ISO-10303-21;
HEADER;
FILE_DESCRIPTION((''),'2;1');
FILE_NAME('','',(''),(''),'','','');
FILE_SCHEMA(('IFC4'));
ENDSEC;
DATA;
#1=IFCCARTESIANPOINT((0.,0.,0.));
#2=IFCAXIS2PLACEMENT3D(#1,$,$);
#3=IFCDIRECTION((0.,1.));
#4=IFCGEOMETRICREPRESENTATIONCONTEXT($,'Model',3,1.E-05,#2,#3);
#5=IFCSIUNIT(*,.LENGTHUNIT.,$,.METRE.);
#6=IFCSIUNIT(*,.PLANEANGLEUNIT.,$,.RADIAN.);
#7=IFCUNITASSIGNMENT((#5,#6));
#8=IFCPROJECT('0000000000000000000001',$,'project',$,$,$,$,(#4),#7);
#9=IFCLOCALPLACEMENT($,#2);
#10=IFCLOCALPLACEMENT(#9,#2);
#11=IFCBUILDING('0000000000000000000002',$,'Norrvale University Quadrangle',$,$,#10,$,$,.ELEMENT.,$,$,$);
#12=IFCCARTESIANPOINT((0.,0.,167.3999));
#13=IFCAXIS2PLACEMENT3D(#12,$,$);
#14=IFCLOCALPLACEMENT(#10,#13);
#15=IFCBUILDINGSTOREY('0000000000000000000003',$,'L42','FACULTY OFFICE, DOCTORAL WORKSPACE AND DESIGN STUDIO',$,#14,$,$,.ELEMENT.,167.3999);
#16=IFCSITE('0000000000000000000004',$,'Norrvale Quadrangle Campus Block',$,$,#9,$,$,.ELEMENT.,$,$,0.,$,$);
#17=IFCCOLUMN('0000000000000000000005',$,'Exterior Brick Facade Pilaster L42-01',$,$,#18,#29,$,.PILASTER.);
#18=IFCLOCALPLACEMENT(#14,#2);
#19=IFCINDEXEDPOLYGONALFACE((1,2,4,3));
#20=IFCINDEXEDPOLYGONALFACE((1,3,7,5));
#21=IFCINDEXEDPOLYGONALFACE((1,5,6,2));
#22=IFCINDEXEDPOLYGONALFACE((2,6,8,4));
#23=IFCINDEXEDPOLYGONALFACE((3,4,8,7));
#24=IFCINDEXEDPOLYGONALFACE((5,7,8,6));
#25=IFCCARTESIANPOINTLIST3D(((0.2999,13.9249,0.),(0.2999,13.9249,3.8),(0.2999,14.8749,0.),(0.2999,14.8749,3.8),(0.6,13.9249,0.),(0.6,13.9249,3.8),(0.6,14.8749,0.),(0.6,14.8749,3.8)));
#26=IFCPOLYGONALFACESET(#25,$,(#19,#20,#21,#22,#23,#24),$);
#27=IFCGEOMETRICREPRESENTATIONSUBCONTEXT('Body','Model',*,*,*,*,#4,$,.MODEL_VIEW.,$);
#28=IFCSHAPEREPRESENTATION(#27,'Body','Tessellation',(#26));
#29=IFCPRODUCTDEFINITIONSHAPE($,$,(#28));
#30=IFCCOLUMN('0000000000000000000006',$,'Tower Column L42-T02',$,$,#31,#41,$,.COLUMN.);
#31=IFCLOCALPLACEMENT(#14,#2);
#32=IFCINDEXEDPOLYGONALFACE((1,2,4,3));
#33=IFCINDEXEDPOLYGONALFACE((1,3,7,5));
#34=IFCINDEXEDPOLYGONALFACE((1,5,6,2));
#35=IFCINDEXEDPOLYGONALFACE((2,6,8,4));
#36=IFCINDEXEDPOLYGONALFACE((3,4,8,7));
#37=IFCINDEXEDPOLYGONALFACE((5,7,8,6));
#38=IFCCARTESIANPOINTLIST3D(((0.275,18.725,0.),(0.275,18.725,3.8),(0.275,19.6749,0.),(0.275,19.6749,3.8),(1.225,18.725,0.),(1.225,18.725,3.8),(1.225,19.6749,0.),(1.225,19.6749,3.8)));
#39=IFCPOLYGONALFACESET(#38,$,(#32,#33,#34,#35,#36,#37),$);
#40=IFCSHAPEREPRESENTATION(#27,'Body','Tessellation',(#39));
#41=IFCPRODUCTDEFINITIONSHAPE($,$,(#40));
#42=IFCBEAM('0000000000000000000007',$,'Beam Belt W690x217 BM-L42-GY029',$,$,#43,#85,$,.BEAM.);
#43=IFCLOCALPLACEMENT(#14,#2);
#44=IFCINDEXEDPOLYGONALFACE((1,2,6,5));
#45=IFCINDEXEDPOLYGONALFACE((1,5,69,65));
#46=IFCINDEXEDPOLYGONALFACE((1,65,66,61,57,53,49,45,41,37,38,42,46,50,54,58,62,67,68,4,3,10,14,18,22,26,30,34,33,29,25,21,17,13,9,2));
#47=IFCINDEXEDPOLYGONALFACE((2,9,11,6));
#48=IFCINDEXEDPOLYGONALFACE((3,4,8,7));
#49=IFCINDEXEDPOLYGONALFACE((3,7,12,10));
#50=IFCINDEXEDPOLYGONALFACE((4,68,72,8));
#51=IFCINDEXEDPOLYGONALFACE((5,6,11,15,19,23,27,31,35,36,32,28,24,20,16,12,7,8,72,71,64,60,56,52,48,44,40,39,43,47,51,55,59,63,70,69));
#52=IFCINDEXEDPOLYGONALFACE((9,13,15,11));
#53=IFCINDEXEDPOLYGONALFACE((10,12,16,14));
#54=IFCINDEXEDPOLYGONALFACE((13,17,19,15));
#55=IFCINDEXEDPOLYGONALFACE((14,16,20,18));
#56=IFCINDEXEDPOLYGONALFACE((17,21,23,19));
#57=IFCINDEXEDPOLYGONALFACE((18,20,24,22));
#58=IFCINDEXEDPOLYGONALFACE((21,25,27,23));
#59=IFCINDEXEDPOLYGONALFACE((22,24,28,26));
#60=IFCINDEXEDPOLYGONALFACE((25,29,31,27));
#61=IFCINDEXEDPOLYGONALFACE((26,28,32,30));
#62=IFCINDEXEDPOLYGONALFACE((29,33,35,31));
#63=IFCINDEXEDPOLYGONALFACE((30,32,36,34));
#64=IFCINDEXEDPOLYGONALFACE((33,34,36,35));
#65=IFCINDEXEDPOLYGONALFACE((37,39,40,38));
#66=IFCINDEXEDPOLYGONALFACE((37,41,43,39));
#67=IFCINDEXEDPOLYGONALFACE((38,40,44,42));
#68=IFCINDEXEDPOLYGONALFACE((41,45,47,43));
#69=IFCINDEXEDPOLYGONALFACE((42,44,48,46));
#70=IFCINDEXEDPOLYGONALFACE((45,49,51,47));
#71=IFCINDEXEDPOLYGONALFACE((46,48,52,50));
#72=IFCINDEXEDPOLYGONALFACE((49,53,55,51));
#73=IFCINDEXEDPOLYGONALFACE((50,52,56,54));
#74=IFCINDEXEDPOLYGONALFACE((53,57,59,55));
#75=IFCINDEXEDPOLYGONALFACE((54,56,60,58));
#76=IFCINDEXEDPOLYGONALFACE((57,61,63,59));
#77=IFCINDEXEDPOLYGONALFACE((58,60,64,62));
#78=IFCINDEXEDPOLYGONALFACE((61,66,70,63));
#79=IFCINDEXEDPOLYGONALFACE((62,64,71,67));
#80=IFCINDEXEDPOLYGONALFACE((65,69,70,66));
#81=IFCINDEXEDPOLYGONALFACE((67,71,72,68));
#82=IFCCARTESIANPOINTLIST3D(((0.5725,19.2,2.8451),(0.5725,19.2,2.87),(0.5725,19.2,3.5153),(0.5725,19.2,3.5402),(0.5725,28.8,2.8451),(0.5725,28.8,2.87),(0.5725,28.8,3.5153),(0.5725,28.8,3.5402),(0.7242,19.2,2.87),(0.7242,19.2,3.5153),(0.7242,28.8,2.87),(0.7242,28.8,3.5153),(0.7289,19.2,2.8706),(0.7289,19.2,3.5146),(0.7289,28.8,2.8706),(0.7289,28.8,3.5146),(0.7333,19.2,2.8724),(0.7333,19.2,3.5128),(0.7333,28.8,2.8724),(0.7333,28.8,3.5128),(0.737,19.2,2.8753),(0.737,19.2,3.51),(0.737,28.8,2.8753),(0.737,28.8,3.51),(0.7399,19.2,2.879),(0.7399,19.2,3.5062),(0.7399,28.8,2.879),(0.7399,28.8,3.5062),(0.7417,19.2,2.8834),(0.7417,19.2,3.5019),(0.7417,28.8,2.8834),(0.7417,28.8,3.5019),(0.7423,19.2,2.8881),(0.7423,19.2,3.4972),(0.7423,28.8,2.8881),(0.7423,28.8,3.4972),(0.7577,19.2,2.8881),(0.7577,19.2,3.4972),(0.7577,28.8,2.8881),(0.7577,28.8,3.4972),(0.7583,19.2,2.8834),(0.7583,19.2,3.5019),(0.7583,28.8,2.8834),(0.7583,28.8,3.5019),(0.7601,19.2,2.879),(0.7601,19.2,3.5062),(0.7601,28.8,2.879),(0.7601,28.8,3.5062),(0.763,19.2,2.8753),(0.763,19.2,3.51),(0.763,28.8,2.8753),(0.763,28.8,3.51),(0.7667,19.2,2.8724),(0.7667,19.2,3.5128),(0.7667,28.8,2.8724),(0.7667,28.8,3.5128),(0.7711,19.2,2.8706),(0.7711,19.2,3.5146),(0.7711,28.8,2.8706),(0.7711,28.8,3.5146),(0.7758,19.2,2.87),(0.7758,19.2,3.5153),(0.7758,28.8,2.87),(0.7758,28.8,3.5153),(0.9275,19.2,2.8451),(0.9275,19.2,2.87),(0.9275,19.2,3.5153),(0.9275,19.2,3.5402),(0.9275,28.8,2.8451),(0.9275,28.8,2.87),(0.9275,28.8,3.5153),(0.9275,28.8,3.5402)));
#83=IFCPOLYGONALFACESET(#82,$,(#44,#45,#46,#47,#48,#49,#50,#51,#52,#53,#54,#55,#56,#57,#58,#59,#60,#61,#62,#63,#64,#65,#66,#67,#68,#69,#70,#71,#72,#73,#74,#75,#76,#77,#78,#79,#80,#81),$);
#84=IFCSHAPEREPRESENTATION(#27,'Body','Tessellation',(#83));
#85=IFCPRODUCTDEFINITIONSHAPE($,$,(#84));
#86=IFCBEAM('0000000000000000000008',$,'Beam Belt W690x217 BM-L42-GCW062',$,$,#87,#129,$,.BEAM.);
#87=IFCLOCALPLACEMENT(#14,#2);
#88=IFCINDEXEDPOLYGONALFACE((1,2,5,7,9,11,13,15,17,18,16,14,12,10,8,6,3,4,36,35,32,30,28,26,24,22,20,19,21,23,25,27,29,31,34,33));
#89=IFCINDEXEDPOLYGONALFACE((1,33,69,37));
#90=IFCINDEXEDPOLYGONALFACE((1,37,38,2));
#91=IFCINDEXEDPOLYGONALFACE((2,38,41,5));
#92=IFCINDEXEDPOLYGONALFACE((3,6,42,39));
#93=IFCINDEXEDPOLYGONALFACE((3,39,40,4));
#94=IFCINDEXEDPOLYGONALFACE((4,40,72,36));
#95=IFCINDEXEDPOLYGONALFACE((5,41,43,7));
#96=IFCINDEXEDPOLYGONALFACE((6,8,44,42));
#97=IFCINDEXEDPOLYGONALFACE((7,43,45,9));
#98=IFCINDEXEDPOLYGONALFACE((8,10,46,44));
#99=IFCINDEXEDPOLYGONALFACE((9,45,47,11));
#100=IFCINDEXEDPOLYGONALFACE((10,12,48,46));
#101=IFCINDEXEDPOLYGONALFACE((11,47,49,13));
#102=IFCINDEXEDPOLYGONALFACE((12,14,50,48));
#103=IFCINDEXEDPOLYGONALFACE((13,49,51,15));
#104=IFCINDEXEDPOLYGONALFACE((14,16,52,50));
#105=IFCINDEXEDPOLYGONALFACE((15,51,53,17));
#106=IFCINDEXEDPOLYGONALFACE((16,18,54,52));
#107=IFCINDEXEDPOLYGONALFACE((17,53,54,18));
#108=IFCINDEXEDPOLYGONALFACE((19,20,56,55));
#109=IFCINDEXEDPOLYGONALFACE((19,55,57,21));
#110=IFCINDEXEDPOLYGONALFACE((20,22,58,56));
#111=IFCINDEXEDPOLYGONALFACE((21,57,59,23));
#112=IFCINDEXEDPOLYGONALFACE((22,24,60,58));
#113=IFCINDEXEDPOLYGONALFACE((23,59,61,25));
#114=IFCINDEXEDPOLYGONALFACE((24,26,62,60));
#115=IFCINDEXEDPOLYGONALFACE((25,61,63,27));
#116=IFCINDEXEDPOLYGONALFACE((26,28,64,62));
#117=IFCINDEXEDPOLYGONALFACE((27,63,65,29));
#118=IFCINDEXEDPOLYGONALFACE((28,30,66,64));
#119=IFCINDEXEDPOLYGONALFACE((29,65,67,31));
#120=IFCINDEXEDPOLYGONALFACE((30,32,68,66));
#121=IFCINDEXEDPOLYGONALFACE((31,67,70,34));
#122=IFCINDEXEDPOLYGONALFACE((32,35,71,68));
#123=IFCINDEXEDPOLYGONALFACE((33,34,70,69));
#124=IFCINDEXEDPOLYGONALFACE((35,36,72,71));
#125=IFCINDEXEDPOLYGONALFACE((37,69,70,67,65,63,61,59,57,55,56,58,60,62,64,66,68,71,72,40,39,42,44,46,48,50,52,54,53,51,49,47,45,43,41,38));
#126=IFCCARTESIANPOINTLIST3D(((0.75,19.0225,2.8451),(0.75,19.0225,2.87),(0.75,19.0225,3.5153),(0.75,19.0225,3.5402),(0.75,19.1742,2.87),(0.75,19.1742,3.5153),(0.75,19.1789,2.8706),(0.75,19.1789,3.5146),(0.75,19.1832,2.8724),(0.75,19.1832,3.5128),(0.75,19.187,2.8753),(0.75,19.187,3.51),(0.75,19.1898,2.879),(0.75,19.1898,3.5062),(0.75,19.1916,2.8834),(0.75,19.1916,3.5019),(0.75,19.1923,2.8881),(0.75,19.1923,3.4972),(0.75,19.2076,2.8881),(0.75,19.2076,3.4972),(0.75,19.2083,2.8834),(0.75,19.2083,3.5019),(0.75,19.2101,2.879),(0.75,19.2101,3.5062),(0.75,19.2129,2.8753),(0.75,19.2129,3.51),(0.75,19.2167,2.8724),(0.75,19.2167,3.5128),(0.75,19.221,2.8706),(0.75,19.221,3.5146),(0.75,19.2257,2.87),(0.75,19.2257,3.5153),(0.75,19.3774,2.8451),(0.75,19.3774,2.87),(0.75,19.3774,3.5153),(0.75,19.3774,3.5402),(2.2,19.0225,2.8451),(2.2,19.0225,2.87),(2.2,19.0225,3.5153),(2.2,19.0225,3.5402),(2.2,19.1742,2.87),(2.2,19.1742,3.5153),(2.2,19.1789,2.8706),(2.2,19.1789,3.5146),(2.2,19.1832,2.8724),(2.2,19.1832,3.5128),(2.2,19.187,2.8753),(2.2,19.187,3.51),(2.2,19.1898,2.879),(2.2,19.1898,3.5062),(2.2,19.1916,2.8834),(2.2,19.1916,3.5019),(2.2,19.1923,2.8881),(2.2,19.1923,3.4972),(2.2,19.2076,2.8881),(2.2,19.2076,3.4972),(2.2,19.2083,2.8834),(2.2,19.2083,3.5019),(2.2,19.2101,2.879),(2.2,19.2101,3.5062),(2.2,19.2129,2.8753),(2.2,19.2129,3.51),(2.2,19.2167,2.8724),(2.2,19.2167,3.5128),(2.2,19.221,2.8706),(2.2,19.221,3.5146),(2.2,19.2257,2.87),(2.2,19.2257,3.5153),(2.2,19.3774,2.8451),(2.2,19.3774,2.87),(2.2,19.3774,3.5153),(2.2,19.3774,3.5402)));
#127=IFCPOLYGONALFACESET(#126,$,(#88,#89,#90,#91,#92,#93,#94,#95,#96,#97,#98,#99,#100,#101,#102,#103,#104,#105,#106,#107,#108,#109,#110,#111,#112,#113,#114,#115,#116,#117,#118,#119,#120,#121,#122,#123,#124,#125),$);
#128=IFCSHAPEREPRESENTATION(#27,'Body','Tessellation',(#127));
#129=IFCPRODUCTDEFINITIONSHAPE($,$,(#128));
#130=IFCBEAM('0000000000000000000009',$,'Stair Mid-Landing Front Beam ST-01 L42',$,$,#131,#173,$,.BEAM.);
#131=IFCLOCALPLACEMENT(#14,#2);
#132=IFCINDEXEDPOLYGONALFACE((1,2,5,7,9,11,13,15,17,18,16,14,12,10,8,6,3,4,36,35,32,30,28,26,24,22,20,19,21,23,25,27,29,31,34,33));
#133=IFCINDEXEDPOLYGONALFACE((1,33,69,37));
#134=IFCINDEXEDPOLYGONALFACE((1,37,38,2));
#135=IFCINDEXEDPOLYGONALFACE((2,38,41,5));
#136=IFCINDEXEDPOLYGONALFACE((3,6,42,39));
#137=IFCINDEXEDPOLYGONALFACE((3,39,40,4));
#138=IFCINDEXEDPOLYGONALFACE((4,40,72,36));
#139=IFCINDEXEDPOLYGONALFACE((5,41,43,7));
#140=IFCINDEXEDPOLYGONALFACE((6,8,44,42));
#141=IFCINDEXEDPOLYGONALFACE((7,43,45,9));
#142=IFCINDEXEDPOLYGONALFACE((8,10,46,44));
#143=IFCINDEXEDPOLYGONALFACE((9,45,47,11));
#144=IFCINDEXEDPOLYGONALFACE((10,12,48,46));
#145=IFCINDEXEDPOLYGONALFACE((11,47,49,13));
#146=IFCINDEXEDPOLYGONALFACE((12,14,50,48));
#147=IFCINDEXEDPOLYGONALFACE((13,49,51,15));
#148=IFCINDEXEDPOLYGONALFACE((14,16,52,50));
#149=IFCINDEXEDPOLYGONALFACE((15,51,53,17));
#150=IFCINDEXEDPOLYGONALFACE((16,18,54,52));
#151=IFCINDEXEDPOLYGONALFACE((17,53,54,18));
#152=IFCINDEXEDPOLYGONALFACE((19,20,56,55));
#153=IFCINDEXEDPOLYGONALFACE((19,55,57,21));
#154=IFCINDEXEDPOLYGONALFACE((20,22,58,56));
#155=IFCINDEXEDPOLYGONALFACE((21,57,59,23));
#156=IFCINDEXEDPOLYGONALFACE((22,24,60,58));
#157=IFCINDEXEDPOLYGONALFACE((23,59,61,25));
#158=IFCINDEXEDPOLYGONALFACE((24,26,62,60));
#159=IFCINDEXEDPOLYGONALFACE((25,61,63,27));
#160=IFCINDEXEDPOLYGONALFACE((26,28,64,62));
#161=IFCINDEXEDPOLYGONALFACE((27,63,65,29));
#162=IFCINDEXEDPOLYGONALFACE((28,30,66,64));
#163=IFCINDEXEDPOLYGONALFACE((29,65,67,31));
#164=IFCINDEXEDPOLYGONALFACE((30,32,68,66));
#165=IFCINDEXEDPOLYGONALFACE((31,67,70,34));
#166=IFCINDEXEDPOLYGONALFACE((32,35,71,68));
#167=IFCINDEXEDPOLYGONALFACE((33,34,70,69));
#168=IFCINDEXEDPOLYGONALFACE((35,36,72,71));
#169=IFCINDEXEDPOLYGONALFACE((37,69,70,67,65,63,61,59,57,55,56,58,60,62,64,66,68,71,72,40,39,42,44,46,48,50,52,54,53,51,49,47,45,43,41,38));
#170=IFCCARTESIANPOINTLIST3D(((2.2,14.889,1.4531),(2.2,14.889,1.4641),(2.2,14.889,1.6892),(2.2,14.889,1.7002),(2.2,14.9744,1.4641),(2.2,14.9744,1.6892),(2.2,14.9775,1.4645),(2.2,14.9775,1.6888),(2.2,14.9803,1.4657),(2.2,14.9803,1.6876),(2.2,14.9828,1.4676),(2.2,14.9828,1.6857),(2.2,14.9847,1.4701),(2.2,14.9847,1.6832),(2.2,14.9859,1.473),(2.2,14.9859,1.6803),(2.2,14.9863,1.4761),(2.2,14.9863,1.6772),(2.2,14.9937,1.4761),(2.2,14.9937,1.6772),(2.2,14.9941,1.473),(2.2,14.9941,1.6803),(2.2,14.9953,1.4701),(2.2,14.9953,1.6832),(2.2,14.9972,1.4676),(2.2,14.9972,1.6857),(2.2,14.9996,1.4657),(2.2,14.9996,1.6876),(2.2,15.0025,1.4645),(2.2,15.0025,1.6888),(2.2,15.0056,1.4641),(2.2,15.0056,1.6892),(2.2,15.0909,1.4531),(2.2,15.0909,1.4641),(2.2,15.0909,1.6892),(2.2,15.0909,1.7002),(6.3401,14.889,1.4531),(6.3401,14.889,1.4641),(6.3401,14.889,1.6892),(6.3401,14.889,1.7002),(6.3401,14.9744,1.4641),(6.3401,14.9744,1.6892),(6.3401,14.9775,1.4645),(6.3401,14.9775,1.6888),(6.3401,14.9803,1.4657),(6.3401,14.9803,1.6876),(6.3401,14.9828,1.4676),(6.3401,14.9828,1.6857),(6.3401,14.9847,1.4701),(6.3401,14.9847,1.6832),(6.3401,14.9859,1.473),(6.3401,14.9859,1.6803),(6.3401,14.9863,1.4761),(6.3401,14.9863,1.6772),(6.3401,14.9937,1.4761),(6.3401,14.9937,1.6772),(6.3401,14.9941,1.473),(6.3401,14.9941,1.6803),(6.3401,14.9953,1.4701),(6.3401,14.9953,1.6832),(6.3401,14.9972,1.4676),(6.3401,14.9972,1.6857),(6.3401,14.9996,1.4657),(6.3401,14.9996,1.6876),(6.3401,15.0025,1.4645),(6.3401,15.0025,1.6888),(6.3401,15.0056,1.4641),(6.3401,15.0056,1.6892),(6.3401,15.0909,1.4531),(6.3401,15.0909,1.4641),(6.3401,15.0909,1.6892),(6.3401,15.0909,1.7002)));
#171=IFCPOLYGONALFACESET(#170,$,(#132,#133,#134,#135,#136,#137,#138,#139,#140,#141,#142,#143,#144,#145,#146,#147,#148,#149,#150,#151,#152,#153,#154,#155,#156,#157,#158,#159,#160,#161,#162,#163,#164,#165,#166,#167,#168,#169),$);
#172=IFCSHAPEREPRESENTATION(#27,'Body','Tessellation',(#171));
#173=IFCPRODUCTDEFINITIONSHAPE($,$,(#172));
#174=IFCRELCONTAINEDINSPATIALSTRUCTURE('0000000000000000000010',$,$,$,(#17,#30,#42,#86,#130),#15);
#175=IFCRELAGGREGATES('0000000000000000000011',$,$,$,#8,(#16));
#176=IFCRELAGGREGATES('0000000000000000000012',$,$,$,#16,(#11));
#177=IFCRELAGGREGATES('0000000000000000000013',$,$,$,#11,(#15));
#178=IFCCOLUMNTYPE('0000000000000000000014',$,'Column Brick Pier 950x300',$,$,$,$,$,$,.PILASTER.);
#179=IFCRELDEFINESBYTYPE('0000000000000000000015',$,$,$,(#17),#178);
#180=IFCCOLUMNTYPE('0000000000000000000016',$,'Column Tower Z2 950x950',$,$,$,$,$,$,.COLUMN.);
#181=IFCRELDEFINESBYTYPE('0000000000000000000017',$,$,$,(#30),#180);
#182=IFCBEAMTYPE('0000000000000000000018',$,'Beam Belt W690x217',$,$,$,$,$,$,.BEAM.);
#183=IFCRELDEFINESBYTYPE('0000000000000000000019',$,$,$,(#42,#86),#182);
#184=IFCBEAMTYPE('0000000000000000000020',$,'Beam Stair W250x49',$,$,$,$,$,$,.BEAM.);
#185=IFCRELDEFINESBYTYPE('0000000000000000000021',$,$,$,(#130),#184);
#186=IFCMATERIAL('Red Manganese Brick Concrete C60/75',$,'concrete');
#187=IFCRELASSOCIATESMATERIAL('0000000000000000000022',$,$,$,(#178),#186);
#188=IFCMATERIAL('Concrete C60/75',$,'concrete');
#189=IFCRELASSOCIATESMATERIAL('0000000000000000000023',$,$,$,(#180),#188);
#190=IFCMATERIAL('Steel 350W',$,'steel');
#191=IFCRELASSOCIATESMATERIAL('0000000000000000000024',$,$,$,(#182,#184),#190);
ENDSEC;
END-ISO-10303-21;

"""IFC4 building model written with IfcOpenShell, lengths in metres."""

from ifc_helpers import new_model, si_unit, direction, frame, origin, origin_2d, place, context, subcontext, project, spatial, rectangle, i_section, extrude, material, material_profile, profile_set, type_object, element, save


model = new_model("IFC4")

# Units and contexts
model_context = context("Model", 3, precision=1e-05, world=origin(), true_north=direction((0.0, 1.0)))
body_context = subcontext(model_context, "Body", "Model", "MODEL_VIEW")
ifc_project = project(units=[si_unit("LENGTHUNIT", "METRE"), si_unit("PLANEANGLEUNIT", "RADIAN")], contexts=[model_context])

# Site, building, storey
site_placement = place(None, origin())
site = spatial("IfcSite", under=ifc_project, at=site_placement, Name="Norrvale Quadrangle Campus Block", CompositionType="ELEMENT", RefElevation=0.0)
building_placement = place(site_placement, origin())
building = spatial("IfcBuilding", under=site, at=building_placement, Name="Norrvale University Quadrangle", CompositionType="ELEMENT")
storey_placement = place(building_placement, frame((0.0, 0.0, 167.3999)))
storey = spatial("IfcBuildingStorey", under=building, at=storey_placement, Name="L42", Description="FACULTY OFFICE, DOCTORAL WORKSPACE AND DESIGN STUDIO", CompositionType="ELEMENT", Elevation=167.3999)

# Columns
ifc_material_1 = material(Name="Red Manganese Brick Concrete C60/75", Category="concrete")
ifc_material_profile_1 = material_profile(ifc_material_1, rectangle(XDim=0.95, YDim=0.3, at=origin_2d()), Name="Red Manganese Brick Concrete C60/75")
ifc_profile_set_1 = profile_set([ifc_material_profile_1], Name="Red Manganese Brick Concrete C60/75")
column_type_1 = type_object("IfcColumnType", Name="Column Brick Pier 950x300", PredefinedType="PILASTER", material=ifc_profile_set_1)
column_1_placement = place(storey_placement, frame((0.45, 14.3999, 0.0), z_axis=(0.0, 0.0, 1.0), x_axis=(0.0, 1.0, 0.0)))
element("IfcColumn", 1, at=column_1_placement, inside=storey, type_object=column_type_1, Name="Exterior Brick Facade Pilaster L42-01", PredefinedType="PILASTER", context=body_context, shape_type="SweptSolid", body=[
    extrude(rectangle(XDim=0.95, YDim=0.3, at=origin_2d()), origin(), (0.0, 0.0, 1.0), 3.8),
])
ifc_material_2 = material(Name="Concrete C60/75", Category="concrete")
ifc_material_profile_2 = material_profile(ifc_material_2, rectangle(XDim=0.95, YDim=0.95, at=origin_2d()), Name="Concrete C60/75")
ifc_profile_set_2 = profile_set([ifc_material_profile_2], Name="Concrete C60/75")
column_type_2 = type_object("IfcColumnType", Name="Column Tower Z2 950x950", PredefinedType="COLUMN", material=ifc_profile_set_2)
column_2_placement = place(storey_placement, frame((0.75, 19.2, 0.0), z_axis=(0.0, 0.0, 1.0), x_axis=(1.0, 0.0, 0.0)))
element("IfcColumn", 2, at=column_2_placement, inside=storey, type_object=column_type_2, Name="Tower Column L42-T02", PredefinedType="COLUMN", context=body_context, shape_type="SweptSolid", body=[
    extrude(rectangle(XDim=0.95, YDim=0.95, at=origin_2d()), origin(), (0.0, 0.0, 1.0), 3.8),
])

# Beams
ifc_material_3 = material(Name="Steel 350W", Category="steel")
ifc_material_profile_3 = material_profile(ifc_material_3, i_section(OverallWidth=0.355, OverallDepth=0.6951, WebThickness=0.0154, FlangeThickness=0.0249, FilletRadius=0.0181, at=origin_2d()), Name="Steel 350W")
ifc_profile_set_3 = profile_set([ifc_material_profile_3], Name="Steel 350W")
beam_type_1 = type_object("IfcBeamType", Name="Beam Belt W690x217", PredefinedType="BEAM", material=ifc_profile_set_3)
beam_1_placement = place(storey_placement, frame((0.75, 19.2, 3.1926), z_axis=(0.0, 1.0, 0.0), x_axis=(-1.0, 0.0, 0.0)))
element("IfcBeam", 3, at=beam_1_placement, inside=storey, type_object=beam_type_1, Name="Beam Belt W690x217 BM-L42-GY029", PredefinedType="BEAM", context=body_context, shape_type="SweptSolid", body=[
    extrude(i_section(OverallWidth=0.355, OverallDepth=0.6951, WebThickness=0.0154, FlangeThickness=0.0249, FilletRadius=0.0181, at=origin_2d()), origin(), (0.0, 0.0, 1.0), 9.6001),
])
beam_2_placement = place(storey_placement, frame((0.75, 19.2, 3.1926), z_axis=(1.0, 0.0, 0.0), x_axis=(0.0, 1.0, 0.0)))
element("IfcBeam", 4, at=beam_2_placement, inside=storey, type_object=beam_type_1, Name="Beam Belt W690x217 BM-L42-GCW062", PredefinedType="BEAM", context=body_context, shape_type="SweptSolid", body=[
    extrude(i_section(OverallWidth=0.355, OverallDepth=0.6951, WebThickness=0.0154, FlangeThickness=0.0249, FilletRadius=0.0181, at=origin_2d()), origin(), (0.0, 0.0, 1.0), 1.45),
])
ifc_material_profile_4 = material_profile(ifc_material_3, i_section(OverallWidth=0.2019, OverallDepth=0.2471, WebThickness=0.0073, FlangeThickness=0.011, FilletRadius=0.012, at=origin_2d()), Name="Steel 350W")
ifc_profile_set_4 = profile_set([ifc_material_profile_4], Name="Steel 350W")
beam_type_2 = type_object("IfcBeamType", Name="Beam Stair W250x49", PredefinedType="BEAM", material=ifc_profile_set_4)
for number, where, z_axis, x_axis, name in (
    (5, (2.2, 14.99, 1.5767), (1.0, 0.0, 0.0), (0.0, 1.0, 0.0), "Stair Mid-Landing Front Beam ST-01 L42"),
):
    element("IfcBeam", number, at=place(storey_placement, frame(where, z_axis=z_axis, x_axis=x_axis)), inside=storey, type_object=beam_type_2, Name=name, PredefinedType="BEAM", context=body_context, shape_type="SweptSolid", body=[
        extrude(i_section(OverallWidth=0.2019, OverallDepth=0.2471, WebThickness=0.0073, FlangeThickness=0.011, FilletRadius=0.012, at=origin_2d()), origin(), (0.0, 0.0, 1.0), 4.1401),
    ])

save(model, "model.ifc")
